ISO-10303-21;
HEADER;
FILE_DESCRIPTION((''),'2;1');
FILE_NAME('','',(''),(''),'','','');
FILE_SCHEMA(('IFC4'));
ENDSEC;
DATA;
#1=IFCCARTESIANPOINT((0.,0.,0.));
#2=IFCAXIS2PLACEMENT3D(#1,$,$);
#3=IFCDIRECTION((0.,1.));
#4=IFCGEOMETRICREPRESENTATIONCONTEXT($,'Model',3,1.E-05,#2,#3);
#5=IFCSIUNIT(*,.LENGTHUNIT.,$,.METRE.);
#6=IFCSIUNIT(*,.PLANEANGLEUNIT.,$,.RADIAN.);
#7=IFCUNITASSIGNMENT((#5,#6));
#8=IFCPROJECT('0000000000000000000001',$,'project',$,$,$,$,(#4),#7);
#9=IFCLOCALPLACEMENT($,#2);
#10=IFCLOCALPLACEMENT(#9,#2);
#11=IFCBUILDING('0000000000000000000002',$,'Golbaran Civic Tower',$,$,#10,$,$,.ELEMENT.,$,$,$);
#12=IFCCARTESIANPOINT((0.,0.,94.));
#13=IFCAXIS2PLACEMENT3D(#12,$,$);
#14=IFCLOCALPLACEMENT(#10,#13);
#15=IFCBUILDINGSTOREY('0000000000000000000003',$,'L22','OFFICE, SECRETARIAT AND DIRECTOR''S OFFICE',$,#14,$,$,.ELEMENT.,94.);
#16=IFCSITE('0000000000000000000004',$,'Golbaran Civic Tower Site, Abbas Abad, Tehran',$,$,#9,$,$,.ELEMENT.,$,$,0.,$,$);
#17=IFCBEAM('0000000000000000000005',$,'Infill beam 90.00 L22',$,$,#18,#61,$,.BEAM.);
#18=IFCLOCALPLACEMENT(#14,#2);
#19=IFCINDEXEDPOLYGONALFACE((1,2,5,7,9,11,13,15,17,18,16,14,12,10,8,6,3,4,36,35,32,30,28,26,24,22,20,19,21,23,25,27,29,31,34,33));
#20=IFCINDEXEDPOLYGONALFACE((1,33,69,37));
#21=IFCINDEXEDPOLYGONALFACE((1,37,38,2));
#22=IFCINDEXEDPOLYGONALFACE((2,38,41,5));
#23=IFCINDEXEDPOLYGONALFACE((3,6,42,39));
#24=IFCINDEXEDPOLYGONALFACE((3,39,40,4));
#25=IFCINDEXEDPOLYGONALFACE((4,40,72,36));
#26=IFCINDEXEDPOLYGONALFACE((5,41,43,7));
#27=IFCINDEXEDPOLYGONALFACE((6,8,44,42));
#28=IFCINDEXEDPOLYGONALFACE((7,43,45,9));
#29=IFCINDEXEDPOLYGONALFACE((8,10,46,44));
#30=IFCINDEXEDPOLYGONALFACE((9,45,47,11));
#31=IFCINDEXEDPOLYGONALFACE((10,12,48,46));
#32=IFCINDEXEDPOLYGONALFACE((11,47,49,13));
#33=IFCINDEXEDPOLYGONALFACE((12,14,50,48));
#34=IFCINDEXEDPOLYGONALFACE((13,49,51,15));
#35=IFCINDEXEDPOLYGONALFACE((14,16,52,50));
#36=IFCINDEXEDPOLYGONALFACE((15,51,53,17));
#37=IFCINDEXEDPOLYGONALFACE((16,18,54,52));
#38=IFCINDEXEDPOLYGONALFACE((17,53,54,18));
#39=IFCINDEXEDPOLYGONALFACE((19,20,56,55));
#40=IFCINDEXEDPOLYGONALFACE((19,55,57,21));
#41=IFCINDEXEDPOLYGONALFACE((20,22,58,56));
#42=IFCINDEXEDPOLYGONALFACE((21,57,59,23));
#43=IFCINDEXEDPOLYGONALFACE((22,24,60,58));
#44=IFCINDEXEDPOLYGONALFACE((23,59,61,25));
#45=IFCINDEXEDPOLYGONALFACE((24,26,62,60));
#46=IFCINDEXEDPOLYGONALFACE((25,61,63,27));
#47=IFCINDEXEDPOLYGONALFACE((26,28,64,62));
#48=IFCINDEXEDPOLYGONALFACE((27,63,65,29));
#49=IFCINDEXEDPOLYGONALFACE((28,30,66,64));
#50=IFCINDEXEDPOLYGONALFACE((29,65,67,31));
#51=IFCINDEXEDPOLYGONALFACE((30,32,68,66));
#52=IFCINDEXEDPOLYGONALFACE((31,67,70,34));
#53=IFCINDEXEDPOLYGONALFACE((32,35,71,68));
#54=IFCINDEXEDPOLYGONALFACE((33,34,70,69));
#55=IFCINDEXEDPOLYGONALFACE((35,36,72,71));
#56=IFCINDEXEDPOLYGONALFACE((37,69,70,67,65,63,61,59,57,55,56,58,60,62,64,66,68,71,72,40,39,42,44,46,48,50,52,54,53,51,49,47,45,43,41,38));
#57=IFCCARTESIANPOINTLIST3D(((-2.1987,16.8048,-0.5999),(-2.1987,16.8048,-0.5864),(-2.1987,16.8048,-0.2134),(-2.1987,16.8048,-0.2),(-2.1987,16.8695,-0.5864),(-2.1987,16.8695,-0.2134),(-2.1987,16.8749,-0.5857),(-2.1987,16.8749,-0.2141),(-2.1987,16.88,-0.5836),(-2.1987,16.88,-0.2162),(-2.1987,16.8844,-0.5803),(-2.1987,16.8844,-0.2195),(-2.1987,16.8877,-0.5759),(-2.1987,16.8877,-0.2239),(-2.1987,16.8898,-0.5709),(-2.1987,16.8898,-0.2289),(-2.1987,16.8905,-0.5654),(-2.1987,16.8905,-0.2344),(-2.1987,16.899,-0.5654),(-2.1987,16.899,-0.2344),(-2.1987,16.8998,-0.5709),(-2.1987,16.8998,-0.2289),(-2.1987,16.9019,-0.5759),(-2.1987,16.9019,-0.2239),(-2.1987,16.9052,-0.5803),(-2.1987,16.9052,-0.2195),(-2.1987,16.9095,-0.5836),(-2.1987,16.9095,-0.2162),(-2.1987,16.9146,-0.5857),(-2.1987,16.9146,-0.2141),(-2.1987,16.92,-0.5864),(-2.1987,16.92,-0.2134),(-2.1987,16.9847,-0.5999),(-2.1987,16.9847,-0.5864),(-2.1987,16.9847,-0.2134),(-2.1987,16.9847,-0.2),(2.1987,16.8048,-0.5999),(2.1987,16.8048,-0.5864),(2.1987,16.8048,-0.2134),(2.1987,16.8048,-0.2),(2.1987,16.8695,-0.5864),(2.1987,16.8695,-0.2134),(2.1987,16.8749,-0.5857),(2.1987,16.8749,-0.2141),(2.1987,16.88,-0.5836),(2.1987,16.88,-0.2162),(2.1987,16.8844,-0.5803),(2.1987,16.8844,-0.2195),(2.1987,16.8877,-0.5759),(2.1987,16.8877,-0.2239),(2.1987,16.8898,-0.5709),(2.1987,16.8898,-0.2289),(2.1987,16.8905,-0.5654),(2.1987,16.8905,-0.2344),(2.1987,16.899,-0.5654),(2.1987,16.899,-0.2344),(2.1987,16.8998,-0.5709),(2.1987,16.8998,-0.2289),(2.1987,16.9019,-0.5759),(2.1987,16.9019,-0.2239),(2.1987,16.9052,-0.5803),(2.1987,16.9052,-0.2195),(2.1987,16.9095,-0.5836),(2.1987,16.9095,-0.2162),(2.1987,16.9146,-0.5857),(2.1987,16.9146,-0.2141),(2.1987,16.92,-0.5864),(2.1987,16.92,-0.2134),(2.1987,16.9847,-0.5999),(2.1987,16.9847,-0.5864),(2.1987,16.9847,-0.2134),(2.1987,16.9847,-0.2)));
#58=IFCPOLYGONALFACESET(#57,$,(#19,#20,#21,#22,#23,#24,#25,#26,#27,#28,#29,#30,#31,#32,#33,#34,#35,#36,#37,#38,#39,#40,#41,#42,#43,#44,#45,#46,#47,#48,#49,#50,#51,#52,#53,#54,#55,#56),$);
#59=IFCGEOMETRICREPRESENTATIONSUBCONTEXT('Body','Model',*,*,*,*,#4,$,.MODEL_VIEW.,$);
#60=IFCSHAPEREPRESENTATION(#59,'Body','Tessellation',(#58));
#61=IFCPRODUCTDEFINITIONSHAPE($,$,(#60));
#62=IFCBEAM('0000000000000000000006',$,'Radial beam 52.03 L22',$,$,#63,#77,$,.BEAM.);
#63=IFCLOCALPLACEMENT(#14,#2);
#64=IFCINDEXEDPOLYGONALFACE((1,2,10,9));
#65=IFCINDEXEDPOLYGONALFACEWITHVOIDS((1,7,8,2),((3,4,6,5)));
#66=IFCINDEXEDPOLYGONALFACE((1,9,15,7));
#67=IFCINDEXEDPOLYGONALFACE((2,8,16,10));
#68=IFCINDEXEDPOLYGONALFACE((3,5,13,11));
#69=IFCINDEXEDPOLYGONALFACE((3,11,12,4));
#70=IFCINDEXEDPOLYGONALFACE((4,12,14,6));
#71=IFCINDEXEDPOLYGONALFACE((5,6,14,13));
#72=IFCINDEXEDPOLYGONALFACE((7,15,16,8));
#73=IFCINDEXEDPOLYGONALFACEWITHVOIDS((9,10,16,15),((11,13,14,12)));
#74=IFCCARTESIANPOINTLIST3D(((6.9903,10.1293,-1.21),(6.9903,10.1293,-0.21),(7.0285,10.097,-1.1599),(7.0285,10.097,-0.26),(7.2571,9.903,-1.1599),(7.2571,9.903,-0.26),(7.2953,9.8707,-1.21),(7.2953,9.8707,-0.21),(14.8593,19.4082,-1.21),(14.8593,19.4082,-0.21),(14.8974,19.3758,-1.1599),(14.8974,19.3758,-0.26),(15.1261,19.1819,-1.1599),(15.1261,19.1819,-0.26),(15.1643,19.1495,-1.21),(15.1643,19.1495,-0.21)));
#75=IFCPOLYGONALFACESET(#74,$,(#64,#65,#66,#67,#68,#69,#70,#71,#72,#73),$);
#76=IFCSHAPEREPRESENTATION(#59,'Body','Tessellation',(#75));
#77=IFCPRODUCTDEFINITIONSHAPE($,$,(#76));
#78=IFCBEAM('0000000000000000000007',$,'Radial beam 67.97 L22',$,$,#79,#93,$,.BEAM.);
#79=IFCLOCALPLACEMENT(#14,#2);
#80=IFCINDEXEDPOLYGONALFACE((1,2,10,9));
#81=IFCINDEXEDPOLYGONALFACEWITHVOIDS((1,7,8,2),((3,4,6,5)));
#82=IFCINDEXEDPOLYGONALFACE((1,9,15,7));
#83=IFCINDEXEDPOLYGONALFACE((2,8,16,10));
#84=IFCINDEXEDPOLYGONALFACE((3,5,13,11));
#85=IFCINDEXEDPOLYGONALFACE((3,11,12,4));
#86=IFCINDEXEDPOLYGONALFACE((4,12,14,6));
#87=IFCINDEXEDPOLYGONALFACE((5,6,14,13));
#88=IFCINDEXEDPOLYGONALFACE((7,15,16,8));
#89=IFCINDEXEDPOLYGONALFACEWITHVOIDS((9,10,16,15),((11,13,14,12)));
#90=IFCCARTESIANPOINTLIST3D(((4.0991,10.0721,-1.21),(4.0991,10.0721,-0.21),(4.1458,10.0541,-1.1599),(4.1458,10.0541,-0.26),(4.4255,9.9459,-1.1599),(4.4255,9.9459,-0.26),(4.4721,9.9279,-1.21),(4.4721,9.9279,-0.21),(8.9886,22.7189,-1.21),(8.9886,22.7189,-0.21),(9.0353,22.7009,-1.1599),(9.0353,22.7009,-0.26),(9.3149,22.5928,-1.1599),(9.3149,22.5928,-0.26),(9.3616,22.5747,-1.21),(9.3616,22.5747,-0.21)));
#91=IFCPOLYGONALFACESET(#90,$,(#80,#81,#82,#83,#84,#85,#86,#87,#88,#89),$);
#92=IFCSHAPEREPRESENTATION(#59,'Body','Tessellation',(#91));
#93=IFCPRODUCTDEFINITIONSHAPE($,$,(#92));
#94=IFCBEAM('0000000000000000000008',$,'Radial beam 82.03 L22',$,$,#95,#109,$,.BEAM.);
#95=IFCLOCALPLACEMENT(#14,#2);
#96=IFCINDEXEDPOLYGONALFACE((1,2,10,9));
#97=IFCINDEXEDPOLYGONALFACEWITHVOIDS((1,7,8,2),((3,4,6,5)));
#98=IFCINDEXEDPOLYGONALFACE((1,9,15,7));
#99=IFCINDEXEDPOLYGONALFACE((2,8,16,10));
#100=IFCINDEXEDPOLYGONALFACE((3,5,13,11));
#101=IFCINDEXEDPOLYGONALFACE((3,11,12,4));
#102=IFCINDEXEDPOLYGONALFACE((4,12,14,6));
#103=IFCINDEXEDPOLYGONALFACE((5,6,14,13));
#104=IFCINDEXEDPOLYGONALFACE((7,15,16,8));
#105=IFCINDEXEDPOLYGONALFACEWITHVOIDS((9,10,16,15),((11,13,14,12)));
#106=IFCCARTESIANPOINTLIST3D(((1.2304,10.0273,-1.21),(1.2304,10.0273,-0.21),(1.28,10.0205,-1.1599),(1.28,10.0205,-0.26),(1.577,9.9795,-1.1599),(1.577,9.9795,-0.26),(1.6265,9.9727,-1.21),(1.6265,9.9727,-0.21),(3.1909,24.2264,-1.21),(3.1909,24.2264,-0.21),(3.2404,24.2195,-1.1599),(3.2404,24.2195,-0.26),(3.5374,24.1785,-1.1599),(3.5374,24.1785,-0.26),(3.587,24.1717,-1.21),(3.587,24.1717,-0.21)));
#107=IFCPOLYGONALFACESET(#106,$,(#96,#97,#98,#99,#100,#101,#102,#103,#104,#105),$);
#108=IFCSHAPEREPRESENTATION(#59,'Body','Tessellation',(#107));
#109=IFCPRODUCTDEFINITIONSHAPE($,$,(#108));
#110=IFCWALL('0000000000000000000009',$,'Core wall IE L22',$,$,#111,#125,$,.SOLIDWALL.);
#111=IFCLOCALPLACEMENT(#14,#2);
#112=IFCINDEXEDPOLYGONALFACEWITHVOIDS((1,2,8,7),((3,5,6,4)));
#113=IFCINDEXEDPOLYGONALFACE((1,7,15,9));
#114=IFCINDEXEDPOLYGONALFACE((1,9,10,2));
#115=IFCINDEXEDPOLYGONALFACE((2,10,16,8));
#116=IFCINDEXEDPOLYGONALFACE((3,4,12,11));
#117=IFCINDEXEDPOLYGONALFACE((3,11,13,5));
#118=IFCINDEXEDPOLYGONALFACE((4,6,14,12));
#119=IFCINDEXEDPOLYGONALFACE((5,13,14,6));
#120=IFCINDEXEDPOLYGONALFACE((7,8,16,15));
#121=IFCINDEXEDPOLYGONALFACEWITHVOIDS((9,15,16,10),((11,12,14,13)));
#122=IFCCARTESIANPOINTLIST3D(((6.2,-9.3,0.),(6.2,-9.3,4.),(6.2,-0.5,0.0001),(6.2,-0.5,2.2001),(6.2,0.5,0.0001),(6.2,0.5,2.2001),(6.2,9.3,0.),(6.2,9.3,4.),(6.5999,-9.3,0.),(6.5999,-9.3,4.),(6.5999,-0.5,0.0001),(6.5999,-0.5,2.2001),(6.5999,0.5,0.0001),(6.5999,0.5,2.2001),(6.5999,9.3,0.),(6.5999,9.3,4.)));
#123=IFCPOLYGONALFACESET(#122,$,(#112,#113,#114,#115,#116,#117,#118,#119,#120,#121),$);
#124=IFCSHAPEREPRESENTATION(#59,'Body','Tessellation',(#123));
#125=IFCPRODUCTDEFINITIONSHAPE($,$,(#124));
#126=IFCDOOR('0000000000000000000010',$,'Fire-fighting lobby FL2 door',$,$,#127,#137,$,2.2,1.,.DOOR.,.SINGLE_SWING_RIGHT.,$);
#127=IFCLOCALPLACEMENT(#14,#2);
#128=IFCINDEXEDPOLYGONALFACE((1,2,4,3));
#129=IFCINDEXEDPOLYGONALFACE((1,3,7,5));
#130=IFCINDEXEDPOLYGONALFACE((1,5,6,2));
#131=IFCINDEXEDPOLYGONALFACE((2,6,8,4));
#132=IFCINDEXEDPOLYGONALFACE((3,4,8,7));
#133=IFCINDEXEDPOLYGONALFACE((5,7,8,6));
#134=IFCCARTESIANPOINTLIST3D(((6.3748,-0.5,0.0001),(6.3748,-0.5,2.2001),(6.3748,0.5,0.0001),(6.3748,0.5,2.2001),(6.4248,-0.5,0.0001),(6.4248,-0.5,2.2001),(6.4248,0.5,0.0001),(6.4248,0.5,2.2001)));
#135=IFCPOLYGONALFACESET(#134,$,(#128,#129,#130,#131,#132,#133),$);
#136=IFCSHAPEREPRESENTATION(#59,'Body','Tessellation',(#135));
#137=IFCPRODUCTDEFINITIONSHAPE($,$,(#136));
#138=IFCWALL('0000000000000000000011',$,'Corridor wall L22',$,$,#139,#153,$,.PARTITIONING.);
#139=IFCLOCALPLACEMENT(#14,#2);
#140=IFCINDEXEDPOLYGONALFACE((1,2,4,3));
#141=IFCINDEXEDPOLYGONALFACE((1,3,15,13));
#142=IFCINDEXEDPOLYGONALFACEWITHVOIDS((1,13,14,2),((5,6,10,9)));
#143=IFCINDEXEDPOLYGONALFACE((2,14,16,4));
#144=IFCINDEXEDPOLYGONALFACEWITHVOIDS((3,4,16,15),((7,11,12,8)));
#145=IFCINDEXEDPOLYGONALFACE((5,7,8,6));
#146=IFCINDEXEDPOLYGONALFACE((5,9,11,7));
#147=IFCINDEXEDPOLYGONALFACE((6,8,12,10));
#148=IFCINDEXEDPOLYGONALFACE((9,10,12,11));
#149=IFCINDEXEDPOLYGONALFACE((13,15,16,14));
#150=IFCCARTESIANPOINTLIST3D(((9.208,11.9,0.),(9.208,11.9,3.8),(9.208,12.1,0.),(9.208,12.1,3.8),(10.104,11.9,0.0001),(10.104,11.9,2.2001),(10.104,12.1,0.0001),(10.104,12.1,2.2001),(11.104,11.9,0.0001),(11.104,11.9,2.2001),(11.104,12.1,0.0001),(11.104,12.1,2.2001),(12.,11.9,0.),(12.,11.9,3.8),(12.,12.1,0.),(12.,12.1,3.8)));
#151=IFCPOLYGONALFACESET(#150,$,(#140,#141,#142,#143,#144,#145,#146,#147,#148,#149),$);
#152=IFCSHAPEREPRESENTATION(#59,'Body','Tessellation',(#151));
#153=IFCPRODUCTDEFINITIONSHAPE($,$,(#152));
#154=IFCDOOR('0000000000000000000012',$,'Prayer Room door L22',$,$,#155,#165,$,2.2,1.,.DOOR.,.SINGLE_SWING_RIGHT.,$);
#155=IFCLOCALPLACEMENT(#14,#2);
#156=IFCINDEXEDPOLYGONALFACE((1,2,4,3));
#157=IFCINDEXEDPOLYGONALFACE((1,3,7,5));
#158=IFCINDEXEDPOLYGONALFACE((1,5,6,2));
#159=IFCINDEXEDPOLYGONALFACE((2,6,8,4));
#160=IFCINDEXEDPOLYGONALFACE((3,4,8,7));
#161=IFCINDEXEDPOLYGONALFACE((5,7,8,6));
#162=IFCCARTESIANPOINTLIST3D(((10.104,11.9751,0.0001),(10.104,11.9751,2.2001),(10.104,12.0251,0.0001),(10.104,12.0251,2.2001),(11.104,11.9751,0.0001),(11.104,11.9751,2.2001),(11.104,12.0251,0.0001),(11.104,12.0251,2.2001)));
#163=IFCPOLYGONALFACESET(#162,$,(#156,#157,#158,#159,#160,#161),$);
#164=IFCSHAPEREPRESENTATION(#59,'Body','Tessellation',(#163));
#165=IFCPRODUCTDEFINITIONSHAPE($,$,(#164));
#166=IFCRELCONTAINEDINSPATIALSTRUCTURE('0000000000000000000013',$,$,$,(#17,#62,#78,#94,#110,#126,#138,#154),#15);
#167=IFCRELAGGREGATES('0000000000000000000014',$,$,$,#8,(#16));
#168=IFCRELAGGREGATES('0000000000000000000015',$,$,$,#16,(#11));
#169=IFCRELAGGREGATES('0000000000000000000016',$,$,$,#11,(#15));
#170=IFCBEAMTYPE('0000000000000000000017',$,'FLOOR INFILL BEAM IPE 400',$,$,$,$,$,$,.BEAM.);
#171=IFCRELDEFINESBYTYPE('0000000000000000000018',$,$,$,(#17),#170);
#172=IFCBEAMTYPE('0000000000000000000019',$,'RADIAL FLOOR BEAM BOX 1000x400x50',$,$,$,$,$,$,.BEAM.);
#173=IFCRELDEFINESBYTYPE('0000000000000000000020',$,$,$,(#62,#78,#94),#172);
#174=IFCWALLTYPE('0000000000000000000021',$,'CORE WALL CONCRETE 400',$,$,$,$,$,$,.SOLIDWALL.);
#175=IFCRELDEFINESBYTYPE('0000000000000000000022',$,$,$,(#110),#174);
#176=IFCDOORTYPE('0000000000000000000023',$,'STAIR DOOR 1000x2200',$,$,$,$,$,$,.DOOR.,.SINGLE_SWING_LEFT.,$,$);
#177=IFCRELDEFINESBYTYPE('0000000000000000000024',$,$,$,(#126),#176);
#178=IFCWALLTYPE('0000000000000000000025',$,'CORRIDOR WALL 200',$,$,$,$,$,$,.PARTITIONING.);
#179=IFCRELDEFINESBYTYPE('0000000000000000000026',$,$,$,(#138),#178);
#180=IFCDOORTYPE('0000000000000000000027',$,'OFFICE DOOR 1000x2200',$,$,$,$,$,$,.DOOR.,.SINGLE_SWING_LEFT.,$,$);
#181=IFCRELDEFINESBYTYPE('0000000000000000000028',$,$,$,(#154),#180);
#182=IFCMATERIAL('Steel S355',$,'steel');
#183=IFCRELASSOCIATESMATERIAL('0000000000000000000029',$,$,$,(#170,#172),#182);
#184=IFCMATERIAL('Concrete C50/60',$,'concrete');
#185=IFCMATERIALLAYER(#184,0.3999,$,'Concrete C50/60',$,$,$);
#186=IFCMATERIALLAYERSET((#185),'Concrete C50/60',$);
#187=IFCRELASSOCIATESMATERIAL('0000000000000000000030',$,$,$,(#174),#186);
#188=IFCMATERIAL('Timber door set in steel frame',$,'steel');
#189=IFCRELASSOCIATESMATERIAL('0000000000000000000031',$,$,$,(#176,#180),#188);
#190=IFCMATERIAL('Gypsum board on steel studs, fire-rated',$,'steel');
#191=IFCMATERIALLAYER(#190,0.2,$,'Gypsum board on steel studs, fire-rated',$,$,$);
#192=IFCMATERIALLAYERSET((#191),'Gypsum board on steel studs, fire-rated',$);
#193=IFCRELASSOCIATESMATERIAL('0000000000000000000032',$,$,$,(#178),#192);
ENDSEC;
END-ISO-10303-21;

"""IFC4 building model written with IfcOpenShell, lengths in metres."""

from ifc_helpers import new_model, si_unit, direction, frame, frame_2d, origin, origin_2d, place, context, subcontext, project, spatial, rectangle, hollow_rectangle, i_section, extrude, material, layer, layer_set, material_profile, profile_set, type_object, element, fill, save


model = new_model("IFC4")

# Units and contexts
model_context = context("Model", 3, precision=1e-05, world=origin(), true_north=direction((0.0, 1.0)))
body_context = subcontext(model_context, "Body", "Model", "MODEL_VIEW")
ifc_project = project(units=[si_unit("LENGTHUNIT", "METRE"), si_unit("PLANEANGLEUNIT", "RADIAN")], contexts=[model_context])

# Site, building, storey
site_placement = place(None, origin())
site = spatial("IfcSite", under=ifc_project, at=site_placement, Name="Golbaran Civic Tower Site, Abbas Abad, Tehran", CompositionType="ELEMENT", RefElevation=0.0)
building_placement = place(site_placement, origin())
building = spatial("IfcBuilding", under=site, at=building_placement, Name="Golbaran Civic Tower", CompositionType="ELEMENT")
storey_placement = place(building_placement, frame((0.0, 0.0, 94.0)))
storey = spatial("IfcBuildingStorey", under=building, at=storey_placement, Name="L22", Description="OFFICE, SECRETARIAT AND DIRECTOR'S OFFICE", CompositionType="ELEMENT", Elevation=94.0)

# Beams
ifc_material_1 = material(Name="Steel S355", Category="steel")
ifc_material_profile_1 = material_profile(ifc_material_1, i_section(OverallWidth=0.1799, OverallDepth=0.3999, WebThickness=0.0085, FlangeThickness=0.0134, FilletRadius=0.021, at=origin_2d()), Name="IPE 400")
ifc_profile_set_1 = profile_set([ifc_material_profile_1], Name="Steel S355")
beam_type_1 = type_object("IfcBeamType", Name="FLOOR INFILL BEAM IPE 400", PredefinedType="BEAM", material=ifc_profile_set_1)
beam_1_placement = place(storey_placement, frame((2.1987, 16.8948, -0.3999), z_axis=(-1.0, 0.0, 0.0), x_axis=(0.0, -1.0, 0.0)))
element("IfcBeam", 1, at=beam_1_placement, inside=storey, type_object=beam_type_1, Name="Infill beam 90.00 L22", PredefinedType="BEAM", context=body_context, shape_type="SweptSolid", body=[
    extrude(i_section(OverallWidth=0.1799, OverallDepth=0.3999, WebThickness=0.0085, FlangeThickness=0.0134, FilletRadius=0.021, at=origin_2d()), origin(), (0.0, 0.0, 1.0), 4.3975),
])
ifc_material_profile_2 = material_profile(ifc_material_1, hollow_rectangle(XDim=0.3999, YDim=1.0, WallThickness=0.05, at=origin_2d()), Name="BOX 1000x400x50")
ifc_profile_set_2 = profile_set([ifc_material_profile_2], Name="Steel S355")
beam_type_2 = type_object("IfcBeamType", Name="RADIAL FLOOR BEAM BOX 1000x400x50", PredefinedType="BEAM", material=ifc_profile_set_2)
beam_2_placement = place(storey_placement, frame((7.1428, 10.0, -0.71), z_axis=(0.646785, 0.762673, 0.0), x_axis=(-0.762673, 0.646785, 0.0)))
element("IfcBeam", 2, at=beam_2_placement, inside=storey, type_object=beam_type_2, Name="Radial beam 52.03 L22", PredefinedType="BEAM", context=body_context, shape_type="SweptSolid", body=[
    extrude(hollow_rectangle(XDim=0.3999, YDim=1.0, WallThickness=0.05, at=origin_2d()), origin(), (0.0, 0.0, 1.0), 12.1663),
])
beam_3_placement = place(storey_placement, frame((4.2856, 10.0, -0.71), z_axis=(0.360603, 0.93272, 0.0), x_axis=(-0.93272, 0.360603, 0.0)))
element("IfcBeam", 3, at=beam_3_placement, inside=storey, type_object=beam_type_2, Name="Radial beam 67.97 L22", PredefinedType="BEAM", context=body_context, shape_type="SweptSolid", body=[
    extrude(hollow_rectangle(XDim=0.3999, YDim=1.0, WallThickness=0.05, at=origin_2d()), origin(), (0.0, 0.0, 1.0), 13.5591),
])
beam_4_placement = place(storey_placement, frame((1.4285, 10.0, -0.71), z_axis=(0.136772, 0.990603, 0.0), x_axis=(-0.990603, 0.136772, 0.0)))
element("IfcBeam", 4, at=beam_4_placement, inside=storey, type_object=beam_type_2, Name="Radial beam 82.03 L22", PredefinedType="BEAM", context=body_context, shape_type="SweptSolid", body=[
    extrude(hollow_rectangle(XDim=0.3999, YDim=1.0, WallThickness=0.05, at=origin_2d()), origin(), (0.0, 0.0, 1.0), 14.3337),
])

# Walls, openings, doors
ifc_material_2 = material(Name="Concrete C50/60", Category="concrete")
ifc_layer_1 = layer(ifc_material_2, 0.3999, Name="Concrete C50/60")
ifc_layer_set_1 = layer_set([ifc_layer_1], Name="Concrete C50/60")
wall_type_1 = type_object("IfcWallType", Name="CORE WALL CONCRETE 400", PredefinedType="SOLIDWALL", material=ifc_layer_set_1)
wall_1_placement = place(storey_placement, frame((6.3999, 9.3, 0.0), z_axis=(0.0, 0.0, 1.0), x_axis=(0.0, -1.0, 0.0)))
wall_1 = element("IfcWall", 5, at=wall_1_placement, inside=storey, type_object=wall_type_1, Name="Core wall IE L22", PredefinedType="SOLIDWALL", context=body_context, shape_type="SweptSolid", body=[
    extrude(rectangle(XDim=18.6001, YDim=0.3999, at=frame_2d((9.3, 0.0))), origin(), (0.0, 0.0, 1.0), 4.0),
])
opening_1_placement = place(wall_1_placement, frame((8.8, 0.0, 0.0)))
opening_1 = element("IfcOpeningElement", 6, at=opening_1_placement, cuts=wall_1, PredefinedType="OPENING", context=body_context, shape_type="SweptSolid", body=[
    extrude(rectangle(XDim=1.0, YDim=2.2, at=frame_2d((0.5, 1.1001))), frame((0.0, 0.21, 0.0), z_axis=(0.0, -1.0, 0.0), x_axis=(1.0, 0.0, 0.0)), (0.0, 0.0, 1.0), 0.4199),
])
ifc_material_3 = material(Name="Timber door set in steel frame", Category="steel")
door_type_1 = type_object("IfcDoorType", Name="STAIR DOOR 1000x2200", OperationType="SINGLE_SWING_LEFT", PredefinedType="DOOR", material=ifc_material_3)
door_1_placement = place(opening_1_placement, origin())
door_1 = element("IfcDoor", 7, at=door_1_placement, inside=storey, type_object=door_type_1, Name="Fire-fighting lobby FL2 door", OperationType="SINGLE_SWING_RIGHT", OverallHeight=2.2, OverallWidth=1.0, PredefinedType="DOOR", context=body_context, shape_type="SweptSolid", body=[
    extrude(rectangle(XDim=1.0, YDim=2.2, at=frame_2d((0.5, 1.1001))), frame((0.0, 0.0249, 0.0), z_axis=(0.0, -1.0, 0.0), x_axis=(1.0, 0.0, 0.0)), (0.0, 0.0, 1.0), 0.05),
])
fill(opening_1, door_1)
ifc_material_4 = material(Name="Gypsum board on steel studs, fire-rated", Category="steel")
ifc_layer_2 = layer(ifc_material_4, 0.2, Name="Gypsum board on steel studs, fire-rated")
ifc_layer_set_2 = layer_set([ifc_layer_2], Name="Gypsum board on steel studs, fire-rated")
wall_type_2 = type_object("IfcWallType", Name="CORRIDOR WALL 200", PredefinedType="PARTITIONING", material=ifc_layer_set_2)
wall_2_placement = place(storey_placement, frame((12.0, 12.0, 0.0), z_axis=(0.0, 0.0, 1.0), x_axis=(-1.0, 0.0, 0.0)))
wall_2 = element("IfcWall", 8, at=wall_2_placement, inside=storey, type_object=wall_type_2, Name="Corridor wall L22", PredefinedType="PARTITIONING", context=body_context, shape_type="SweptSolid", body=[
    extrude(rectangle(XDim=2.792, YDim=0.2, at=frame_2d((1.396, 0.0))), origin(), (0.0, 0.0, 1.0), 3.8),
])
opening_2_placement = place(wall_2_placement, frame((0.896, 0.0, 0.0)))
opening_2 = element("IfcOpeningElement", 9, at=opening_2_placement, cuts=wall_2, PredefinedType="OPENING", context=body_context, shape_type="SweptSolid", body=[
    extrude(rectangle(XDim=1.0, YDim=2.2, at=frame_2d((0.5, 1.1001))), frame((0.0, 0.1099, 0.0), z_axis=(0.0, -1.0, 0.0), x_axis=(1.0, 0.0, 0.0)), (0.0, 0.0, 1.0), 0.22),
])
door_type_2 = type_object("IfcDoorType", Name="OFFICE DOOR 1000x2200", OperationType="SINGLE_SWING_LEFT", PredefinedType="DOOR", material=ifc_material_3)
door_2_placement = place(opening_2_placement, origin())
door_2 = element("IfcDoor", 10, at=door_2_placement, inside=storey, type_object=door_type_2, Name="Prayer Room door L22", OperationType="SINGLE_SWING_RIGHT", OverallHeight=2.2, OverallWidth=1.0, PredefinedType="DOOR", context=body_context, shape_type="SweptSolid", body=[
    extrude(rectangle(XDim=1.0, YDim=2.2, at=frame_2d((0.5, 1.1001))), frame((0.0, 0.0249, 0.0), z_axis=(0.0, -1.0, 0.0), x_axis=(1.0, 0.0, 0.0)), (0.0, 0.0, 1.0), 0.05),
])
fill(opening_2, door_2)

save(model, "model.ifc")
